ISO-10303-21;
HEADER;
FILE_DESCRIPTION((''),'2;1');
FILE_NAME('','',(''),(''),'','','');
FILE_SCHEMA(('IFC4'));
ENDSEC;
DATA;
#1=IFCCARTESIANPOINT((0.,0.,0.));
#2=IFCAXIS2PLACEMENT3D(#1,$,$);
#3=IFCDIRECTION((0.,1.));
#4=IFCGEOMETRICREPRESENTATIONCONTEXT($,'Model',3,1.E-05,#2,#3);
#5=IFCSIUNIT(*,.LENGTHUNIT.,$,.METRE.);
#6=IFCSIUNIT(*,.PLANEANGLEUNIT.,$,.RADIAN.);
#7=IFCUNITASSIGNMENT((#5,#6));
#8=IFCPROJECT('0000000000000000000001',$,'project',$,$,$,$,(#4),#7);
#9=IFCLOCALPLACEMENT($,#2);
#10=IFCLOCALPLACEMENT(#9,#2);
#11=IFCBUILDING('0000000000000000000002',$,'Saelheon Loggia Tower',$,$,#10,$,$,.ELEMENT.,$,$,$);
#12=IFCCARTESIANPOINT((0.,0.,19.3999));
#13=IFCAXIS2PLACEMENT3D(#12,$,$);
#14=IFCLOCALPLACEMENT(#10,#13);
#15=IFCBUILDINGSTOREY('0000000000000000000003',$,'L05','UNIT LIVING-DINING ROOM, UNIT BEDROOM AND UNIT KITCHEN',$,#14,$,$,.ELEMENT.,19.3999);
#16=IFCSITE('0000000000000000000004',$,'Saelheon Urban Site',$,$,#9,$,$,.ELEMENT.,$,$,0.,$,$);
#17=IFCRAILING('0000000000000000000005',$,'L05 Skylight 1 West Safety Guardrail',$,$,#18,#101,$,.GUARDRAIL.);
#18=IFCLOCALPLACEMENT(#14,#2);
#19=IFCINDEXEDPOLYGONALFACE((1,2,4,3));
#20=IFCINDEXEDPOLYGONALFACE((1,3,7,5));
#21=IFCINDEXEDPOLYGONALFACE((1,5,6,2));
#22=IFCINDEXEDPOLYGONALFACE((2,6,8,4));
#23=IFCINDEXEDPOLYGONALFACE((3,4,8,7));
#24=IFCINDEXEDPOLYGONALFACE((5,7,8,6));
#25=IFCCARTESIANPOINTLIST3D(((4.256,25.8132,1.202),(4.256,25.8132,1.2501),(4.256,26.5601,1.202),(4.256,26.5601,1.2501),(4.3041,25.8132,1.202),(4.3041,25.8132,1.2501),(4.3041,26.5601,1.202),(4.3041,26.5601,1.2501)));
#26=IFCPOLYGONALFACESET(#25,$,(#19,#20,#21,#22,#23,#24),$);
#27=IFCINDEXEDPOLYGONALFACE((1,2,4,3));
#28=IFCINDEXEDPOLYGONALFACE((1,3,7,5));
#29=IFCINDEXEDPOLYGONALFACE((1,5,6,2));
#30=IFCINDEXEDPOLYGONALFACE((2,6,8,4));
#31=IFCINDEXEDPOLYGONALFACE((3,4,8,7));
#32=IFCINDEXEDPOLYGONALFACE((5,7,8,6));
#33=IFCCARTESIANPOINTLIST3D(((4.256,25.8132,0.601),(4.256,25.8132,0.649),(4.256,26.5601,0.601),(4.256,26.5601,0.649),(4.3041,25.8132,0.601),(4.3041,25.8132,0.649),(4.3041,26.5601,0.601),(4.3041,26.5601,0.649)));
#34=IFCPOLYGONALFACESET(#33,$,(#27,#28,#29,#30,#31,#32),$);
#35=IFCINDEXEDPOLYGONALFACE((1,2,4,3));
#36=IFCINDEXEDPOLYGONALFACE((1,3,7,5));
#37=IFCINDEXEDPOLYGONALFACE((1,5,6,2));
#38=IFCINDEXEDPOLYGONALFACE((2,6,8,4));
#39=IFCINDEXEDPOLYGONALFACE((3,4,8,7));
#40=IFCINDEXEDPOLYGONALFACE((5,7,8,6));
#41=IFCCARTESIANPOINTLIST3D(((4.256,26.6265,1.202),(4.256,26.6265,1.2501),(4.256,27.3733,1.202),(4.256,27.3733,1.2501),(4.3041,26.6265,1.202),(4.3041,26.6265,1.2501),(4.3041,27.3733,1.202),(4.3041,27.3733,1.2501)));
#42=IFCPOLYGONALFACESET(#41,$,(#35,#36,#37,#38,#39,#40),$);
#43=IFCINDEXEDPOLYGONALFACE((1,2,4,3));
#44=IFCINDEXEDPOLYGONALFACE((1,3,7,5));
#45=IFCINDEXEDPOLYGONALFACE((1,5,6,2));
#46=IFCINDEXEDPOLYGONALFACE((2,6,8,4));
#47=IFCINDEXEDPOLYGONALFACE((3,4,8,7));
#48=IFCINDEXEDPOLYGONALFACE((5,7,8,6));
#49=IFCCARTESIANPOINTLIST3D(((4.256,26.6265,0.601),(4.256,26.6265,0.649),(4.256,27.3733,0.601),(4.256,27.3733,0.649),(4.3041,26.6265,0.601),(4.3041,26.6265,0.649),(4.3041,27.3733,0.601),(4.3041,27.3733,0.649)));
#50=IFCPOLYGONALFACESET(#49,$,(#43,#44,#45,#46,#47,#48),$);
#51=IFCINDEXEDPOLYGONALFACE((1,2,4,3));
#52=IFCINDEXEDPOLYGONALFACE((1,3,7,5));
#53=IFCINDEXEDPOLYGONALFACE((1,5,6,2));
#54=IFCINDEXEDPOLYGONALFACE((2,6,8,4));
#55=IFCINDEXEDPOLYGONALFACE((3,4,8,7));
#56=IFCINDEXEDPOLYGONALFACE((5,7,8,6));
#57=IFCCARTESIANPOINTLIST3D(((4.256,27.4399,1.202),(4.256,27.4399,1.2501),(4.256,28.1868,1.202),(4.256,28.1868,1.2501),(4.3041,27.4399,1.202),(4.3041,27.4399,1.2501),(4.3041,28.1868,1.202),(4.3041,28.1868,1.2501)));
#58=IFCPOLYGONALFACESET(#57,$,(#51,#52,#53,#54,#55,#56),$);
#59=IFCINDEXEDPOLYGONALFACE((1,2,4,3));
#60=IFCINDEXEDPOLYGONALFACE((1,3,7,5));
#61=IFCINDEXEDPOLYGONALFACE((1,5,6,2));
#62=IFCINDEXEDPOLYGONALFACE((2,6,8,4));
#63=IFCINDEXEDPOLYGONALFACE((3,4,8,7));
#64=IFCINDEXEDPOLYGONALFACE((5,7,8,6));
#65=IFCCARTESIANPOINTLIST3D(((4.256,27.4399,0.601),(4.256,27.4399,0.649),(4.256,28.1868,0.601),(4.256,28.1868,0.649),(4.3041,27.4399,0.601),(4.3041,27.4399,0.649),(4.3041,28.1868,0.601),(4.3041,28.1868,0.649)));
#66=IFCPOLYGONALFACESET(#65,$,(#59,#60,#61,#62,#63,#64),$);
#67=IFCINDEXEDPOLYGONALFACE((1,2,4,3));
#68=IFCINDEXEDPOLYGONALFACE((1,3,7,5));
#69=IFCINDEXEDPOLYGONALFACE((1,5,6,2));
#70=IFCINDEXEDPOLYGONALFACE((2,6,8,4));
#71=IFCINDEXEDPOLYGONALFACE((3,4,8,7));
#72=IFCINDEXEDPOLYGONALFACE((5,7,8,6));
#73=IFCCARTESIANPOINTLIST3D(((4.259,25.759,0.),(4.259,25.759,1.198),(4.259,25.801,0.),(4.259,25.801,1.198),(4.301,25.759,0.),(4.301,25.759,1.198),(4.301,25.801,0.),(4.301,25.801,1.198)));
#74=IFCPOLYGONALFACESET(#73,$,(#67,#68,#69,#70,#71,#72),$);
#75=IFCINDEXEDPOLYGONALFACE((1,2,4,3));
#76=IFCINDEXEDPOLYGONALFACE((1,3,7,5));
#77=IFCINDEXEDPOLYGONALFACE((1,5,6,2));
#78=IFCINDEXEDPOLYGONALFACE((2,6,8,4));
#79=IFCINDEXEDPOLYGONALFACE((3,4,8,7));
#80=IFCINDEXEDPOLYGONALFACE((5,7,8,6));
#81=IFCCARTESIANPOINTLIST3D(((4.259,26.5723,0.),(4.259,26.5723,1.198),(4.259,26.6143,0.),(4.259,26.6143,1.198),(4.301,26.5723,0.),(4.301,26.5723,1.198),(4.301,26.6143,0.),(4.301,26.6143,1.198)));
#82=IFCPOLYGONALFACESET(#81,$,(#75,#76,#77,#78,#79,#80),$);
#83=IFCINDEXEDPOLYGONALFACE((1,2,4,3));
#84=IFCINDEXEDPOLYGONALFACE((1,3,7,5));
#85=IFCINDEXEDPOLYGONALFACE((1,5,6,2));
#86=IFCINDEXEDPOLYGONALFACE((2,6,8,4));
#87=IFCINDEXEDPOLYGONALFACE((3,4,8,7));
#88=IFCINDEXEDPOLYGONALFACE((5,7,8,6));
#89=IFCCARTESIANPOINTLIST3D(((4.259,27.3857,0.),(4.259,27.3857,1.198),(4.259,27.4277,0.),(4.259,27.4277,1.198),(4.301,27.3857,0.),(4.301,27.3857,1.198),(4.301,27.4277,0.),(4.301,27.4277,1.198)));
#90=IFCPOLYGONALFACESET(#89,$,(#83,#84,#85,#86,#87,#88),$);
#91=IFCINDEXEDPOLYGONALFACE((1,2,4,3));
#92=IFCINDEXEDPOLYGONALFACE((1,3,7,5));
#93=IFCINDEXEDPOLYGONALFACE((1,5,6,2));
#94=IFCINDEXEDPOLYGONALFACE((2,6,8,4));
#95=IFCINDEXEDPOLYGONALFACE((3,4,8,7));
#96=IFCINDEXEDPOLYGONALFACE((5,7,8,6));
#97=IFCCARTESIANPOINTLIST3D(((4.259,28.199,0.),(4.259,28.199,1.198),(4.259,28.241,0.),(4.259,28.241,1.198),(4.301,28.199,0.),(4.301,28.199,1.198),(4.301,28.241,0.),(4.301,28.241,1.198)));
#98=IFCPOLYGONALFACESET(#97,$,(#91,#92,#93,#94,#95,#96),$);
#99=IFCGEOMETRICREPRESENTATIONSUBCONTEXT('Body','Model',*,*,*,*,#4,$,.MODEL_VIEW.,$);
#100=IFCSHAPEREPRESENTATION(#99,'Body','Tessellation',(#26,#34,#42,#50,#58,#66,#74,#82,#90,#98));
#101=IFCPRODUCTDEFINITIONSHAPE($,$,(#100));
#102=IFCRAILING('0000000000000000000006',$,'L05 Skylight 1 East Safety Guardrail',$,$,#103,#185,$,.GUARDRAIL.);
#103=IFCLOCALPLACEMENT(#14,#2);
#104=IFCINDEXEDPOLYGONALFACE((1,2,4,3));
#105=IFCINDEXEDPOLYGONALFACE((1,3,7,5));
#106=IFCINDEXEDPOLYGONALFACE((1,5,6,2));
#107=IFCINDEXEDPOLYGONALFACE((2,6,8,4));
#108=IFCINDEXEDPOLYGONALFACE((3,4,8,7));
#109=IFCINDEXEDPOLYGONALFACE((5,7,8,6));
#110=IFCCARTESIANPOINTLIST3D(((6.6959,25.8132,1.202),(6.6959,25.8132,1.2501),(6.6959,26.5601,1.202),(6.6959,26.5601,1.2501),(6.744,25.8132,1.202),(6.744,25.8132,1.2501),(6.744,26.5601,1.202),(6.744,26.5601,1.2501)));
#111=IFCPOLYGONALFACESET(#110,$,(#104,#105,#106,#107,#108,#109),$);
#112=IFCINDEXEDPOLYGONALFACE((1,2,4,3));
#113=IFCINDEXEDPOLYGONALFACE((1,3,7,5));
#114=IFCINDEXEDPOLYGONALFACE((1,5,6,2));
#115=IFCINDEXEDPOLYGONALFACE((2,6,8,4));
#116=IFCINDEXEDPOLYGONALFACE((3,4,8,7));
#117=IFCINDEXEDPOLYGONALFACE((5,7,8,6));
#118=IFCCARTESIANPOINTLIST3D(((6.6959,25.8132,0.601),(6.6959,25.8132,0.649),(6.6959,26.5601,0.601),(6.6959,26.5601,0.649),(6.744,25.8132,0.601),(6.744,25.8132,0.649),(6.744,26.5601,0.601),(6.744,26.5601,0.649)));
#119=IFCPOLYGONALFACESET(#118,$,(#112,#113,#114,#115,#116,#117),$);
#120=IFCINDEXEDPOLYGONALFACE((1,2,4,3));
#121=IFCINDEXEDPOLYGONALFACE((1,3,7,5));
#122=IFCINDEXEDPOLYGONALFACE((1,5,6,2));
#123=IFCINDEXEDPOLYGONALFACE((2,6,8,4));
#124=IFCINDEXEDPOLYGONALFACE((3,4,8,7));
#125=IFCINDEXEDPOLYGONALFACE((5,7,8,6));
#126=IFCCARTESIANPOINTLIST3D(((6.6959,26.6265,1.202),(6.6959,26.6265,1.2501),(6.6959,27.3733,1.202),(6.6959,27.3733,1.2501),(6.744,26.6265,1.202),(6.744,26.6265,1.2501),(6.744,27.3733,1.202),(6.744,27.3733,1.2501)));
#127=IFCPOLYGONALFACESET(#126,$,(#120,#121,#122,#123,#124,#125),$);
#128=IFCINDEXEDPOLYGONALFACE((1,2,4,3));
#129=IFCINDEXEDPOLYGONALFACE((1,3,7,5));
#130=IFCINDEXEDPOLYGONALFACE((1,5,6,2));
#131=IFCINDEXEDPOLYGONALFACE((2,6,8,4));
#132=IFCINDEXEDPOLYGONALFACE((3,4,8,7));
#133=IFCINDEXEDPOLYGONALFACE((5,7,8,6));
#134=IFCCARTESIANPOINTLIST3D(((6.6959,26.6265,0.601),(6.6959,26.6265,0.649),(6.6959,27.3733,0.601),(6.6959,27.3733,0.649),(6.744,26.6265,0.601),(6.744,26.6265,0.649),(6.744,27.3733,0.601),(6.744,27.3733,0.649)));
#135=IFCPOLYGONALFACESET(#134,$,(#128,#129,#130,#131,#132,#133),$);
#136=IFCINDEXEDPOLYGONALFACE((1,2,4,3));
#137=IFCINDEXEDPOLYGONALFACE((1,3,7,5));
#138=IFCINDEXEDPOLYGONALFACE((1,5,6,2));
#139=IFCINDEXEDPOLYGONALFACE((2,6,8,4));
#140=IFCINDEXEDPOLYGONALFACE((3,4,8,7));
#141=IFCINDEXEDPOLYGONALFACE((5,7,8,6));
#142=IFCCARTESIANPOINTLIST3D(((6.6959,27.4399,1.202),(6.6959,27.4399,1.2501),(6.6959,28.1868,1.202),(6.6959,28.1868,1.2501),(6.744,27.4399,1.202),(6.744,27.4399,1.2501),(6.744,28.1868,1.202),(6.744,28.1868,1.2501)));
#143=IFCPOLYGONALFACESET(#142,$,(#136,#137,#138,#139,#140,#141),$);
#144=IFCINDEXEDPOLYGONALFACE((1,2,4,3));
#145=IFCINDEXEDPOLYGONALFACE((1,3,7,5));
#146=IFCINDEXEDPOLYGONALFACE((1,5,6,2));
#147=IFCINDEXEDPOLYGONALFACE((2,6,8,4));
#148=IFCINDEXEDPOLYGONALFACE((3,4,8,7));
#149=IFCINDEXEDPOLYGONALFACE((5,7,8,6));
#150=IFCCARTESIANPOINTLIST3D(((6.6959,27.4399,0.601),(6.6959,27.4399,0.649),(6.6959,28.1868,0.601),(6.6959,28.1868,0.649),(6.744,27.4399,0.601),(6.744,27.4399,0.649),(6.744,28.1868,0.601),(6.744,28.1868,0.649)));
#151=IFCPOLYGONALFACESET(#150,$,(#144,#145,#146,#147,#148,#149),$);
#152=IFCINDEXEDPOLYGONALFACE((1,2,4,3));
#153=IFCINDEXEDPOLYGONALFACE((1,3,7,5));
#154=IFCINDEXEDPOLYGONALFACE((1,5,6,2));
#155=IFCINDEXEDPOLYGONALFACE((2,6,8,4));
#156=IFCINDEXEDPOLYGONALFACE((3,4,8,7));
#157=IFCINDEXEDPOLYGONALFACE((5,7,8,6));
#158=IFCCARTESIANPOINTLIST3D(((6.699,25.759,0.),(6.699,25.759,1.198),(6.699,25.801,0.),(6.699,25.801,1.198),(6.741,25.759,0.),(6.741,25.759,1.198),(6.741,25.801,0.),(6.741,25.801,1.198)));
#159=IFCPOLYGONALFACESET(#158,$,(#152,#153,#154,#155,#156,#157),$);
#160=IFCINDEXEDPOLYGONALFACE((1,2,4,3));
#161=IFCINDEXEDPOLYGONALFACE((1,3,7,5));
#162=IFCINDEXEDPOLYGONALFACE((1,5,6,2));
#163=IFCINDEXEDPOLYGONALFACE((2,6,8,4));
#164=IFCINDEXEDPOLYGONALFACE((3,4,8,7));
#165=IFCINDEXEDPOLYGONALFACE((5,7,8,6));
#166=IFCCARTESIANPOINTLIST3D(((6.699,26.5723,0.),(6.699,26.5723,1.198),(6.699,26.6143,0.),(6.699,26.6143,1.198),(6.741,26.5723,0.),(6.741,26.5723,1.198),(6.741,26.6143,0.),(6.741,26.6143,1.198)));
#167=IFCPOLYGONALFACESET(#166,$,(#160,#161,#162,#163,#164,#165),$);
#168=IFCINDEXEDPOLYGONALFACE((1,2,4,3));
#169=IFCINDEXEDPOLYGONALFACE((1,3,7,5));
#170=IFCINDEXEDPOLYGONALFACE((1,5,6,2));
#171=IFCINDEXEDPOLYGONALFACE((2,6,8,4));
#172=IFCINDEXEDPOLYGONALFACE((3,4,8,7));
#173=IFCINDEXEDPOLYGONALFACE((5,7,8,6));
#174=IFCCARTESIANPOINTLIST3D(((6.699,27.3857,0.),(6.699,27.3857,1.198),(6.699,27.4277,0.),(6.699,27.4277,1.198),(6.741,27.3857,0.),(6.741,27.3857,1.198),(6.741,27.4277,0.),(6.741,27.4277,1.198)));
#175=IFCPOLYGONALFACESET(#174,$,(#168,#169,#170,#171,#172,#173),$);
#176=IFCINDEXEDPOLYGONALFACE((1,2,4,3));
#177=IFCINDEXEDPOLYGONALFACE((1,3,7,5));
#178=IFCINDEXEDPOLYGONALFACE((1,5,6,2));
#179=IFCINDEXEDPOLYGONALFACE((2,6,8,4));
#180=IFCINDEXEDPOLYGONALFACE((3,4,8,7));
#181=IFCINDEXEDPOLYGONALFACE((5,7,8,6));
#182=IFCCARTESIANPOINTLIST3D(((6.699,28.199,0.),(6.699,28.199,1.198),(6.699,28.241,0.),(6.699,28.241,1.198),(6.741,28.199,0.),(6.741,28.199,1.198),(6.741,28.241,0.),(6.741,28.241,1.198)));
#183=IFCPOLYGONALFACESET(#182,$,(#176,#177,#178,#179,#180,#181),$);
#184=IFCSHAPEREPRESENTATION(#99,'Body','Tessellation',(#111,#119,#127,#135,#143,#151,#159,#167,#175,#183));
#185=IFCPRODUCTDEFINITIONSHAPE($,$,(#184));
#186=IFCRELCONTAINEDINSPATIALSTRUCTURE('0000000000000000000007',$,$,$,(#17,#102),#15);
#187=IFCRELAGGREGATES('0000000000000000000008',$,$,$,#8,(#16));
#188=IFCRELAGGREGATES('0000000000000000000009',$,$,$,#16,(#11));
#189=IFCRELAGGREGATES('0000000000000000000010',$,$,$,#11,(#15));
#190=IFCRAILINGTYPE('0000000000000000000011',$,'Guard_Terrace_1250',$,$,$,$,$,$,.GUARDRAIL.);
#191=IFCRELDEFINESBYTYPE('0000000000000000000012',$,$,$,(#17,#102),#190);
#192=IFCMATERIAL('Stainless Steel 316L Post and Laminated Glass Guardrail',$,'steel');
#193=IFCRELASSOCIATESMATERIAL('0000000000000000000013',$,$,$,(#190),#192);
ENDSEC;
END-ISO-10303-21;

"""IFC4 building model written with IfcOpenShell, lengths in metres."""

from ifc_helpers import new_model, si_unit, direction, frame, origin, origin_2d, place, context, subcontext, project, spatial, rectangle, extrude, material, type_object, element, save


model = new_model("IFC4")

# Units and contexts
model_context = context("Model", 3, precision=1e-05, world=origin(), true_north=direction((0.0, 1.0)))
body_context = subcontext(model_context, "Body", "Model", "MODEL_VIEW")
ifc_project = project(units=[si_unit("LENGTHUNIT", "METRE"), si_unit("PLANEANGLEUNIT", "RADIAN")], contexts=[model_context])

# Site, building, storey
site_placement = place(None, origin())
site = spatial("IfcSite", under=ifc_project, at=site_placement, Name="Saelheon Urban Site", CompositionType="ELEMENT", RefElevation=0.0)
building_placement = place(site_placement, origin())
building = spatial("IfcBuilding", under=site, at=building_placement, Name="Saelheon Loggia Tower", CompositionType="ELEMENT")
storey_placement = place(building_placement, frame((0.0, 0.0, 19.3999)))
storey = spatial("IfcBuildingStorey", under=building, at=storey_placement, Name="L05", Description="UNIT LIVING-DINING ROOM, UNIT BEDROOM AND UNIT KITCHEN", CompositionType="ELEMENT", Elevation=19.3999)

# Railings
ifc_material_1 = material(Name="Stainless Steel 316L Post and Laminated Glass Guardrail", Category="steel")
railing_type = type_object("IfcRailingType", Name="Guard_Terrace_1250", PredefinedType="GUARDRAIL", material=ifc_material_1)
railing_1_placement = place(storey_placement, frame((4.28, 25.78, 0.0)))
element("IfcRailing", 1, at=railing_1_placement, inside=storey, type_object=railing_type, Name="L05 Skylight 1 West Safety Guardrail", PredefinedType="GUARDRAIL", context=body_context, shape_type="SweptSolid", body=[
    extrude(rectangle(XDim=0.0481, YDim=0.0481, at=origin_2d()), frame((0.0, 0.0332, 1.2261), z_axis=(0.0, 1.0, 0.0), x_axis=(-1.0, 0.0, 0.0)), (0.0, 0.0, 1.0), 0.7468),
    extrude(rectangle(XDim=0.0481, YDim=0.0481, at=origin_2d()), frame((0.0, 0.0332, 0.625), z_axis=(0.0, 1.0, 0.0), x_axis=(-1.0, 0.0, 0.0)), (0.0, 0.0, 1.0), 0.7468),
    extrude(rectangle(XDim=0.0481, YDim=0.0481, at=origin_2d()), frame((0.0, 0.8464, 1.2261), z_axis=(0.0, 1.0, 0.0), x_axis=(-1.0, 0.0, 0.0)), (0.0, 0.0, 1.0), 0.7468),
    extrude(rectangle(XDim=0.0481, YDim=0.0481, at=origin_2d()), frame((0.0, 0.8464, 0.625), z_axis=(0.0, 1.0, 0.0), x_axis=(-1.0, 0.0, 0.0)), (0.0, 0.0, 1.0), 0.7468),
    extrude(rectangle(XDim=0.0481, YDim=0.0481, at=origin_2d()), frame((0.0, 1.6599, 1.2261), z_axis=(0.0, 1.0, 0.0), x_axis=(-1.0, 0.0, 0.0)), (0.0, 0.0, 1.0), 0.7468),
    extrude(rectangle(XDim=0.0481, YDim=0.0481, at=origin_2d()), frame((0.0, 1.6599, 0.625), z_axis=(0.0, 1.0, 0.0), x_axis=(-1.0, 0.0, 0.0)), (0.0, 0.0, 1.0), 0.7468),
    extrude(rectangle(XDim=0.042, YDim=0.042, at=origin_2d()), origin(), (0.0, 0.0, 1.0), 1.198),
    extrude(rectangle(XDim=0.042, YDim=0.042, at=origin_2d()), frame((0.0, 0.8132, 0.0)), (0.0, 0.0, 1.0), 1.198),
    extrude(rectangle(XDim=0.042, YDim=0.042, at=origin_2d()), frame((0.0, 1.6267, 0.0)), (0.0, 0.0, 1.0), 1.198),
    extrude(rectangle(XDim=0.042, YDim=0.042, at=origin_2d()), frame((0.0, 2.4399, 0.0)), (0.0, 0.0, 1.0), 1.198),
])
railing_2_placement = place(storey_placement, frame((6.72, 25.78, 0.0)))
element("IfcRailing", 2, at=railing_2_placement, inside=storey, type_object=railing_type, Name="L05 Skylight 1 East Safety Guardrail", PredefinedType="GUARDRAIL", context=body_context, shape_type="SweptSolid", body=[
    extrude(rectangle(XDim=0.0481, YDim=0.0481, at=origin_2d()), frame((0.0, 0.0332, 1.2261), z_axis=(0.0, 1.0, 0.0), x_axis=(-1.0, 0.0, 0.0)), (0.0, 0.0, 1.0), 0.7468),
    extrude(rectangle(XDim=0.0481, YDim=0.0481, at=origin_2d()), frame((0.0, 0.0332, 0.625), z_axis=(0.0, 1.0, 0.0), x_axis=(-1.0, 0.0, 0.0)), (0.0, 0.0, 1.0), 0.7468),
    extrude(rectangle(XDim=0.0481, YDim=0.0481, at=origin_2d()), frame((0.0, 0.8464, 1.2261), z_axis=(0.0, 1.0, 0.0), x_axis=(-1.0, 0.0, 0.0)), (0.0, 0.0, 1.0), 0.7468),
    extrude(rectangle(XDim=0.0481, YDim=0.0481, at=origin_2d()), frame((0.0, 0.8464, 0.625), z_axis=(0.0, 1.0, 0.0), x_axis=(-1.0, 0.0, 0.0)), (0.0, 0.0, 1.0), 0.7468),
    extrude(rectangle(XDim=0.0481, YDim=0.0481, at=origin_2d()), frame((0.0, 1.6599, 1.2261), z_axis=(0.0, 1.0, 0.0), x_axis=(-1.0, 0.0, 0.0)), (0.0, 0.0, 1.0), 0.7468),
    extrude(rectangle(XDim=0.0481, YDim=0.0481, at=origin_2d()), frame((0.0, 1.6599, 0.625), z_axis=(0.0, 1.0, 0.0), x_axis=(-1.0, 0.0, 0.0)), (0.0, 0.0, 1.0), 0.7468),
    extrude(rectangle(XDim=0.042, YDim=0.042, at=origin_2d()), origin(), (0.0, 0.0, 1.0), 1.198),
    extrude(rectangle(XDim=0.042, YDim=0.042, at=origin_2d()), frame((0.0, 0.8132, 0.0)), (0.0, 0.0, 1.0), 1.198),
    extrude(rectangle(XDim=0.042, YDim=0.042, at=origin_2d()), frame((0.0, 1.6267, 0.0)), (0.0, 0.0, 1.0), 1.198),
    extrude(rectangle(XDim=0.042, YDim=0.042, at=origin_2d()), frame((0.0, 2.4399, 0.0)), (0.0, 0.0, 1.0), 1.198),
])

save(model, "model.ifc")
